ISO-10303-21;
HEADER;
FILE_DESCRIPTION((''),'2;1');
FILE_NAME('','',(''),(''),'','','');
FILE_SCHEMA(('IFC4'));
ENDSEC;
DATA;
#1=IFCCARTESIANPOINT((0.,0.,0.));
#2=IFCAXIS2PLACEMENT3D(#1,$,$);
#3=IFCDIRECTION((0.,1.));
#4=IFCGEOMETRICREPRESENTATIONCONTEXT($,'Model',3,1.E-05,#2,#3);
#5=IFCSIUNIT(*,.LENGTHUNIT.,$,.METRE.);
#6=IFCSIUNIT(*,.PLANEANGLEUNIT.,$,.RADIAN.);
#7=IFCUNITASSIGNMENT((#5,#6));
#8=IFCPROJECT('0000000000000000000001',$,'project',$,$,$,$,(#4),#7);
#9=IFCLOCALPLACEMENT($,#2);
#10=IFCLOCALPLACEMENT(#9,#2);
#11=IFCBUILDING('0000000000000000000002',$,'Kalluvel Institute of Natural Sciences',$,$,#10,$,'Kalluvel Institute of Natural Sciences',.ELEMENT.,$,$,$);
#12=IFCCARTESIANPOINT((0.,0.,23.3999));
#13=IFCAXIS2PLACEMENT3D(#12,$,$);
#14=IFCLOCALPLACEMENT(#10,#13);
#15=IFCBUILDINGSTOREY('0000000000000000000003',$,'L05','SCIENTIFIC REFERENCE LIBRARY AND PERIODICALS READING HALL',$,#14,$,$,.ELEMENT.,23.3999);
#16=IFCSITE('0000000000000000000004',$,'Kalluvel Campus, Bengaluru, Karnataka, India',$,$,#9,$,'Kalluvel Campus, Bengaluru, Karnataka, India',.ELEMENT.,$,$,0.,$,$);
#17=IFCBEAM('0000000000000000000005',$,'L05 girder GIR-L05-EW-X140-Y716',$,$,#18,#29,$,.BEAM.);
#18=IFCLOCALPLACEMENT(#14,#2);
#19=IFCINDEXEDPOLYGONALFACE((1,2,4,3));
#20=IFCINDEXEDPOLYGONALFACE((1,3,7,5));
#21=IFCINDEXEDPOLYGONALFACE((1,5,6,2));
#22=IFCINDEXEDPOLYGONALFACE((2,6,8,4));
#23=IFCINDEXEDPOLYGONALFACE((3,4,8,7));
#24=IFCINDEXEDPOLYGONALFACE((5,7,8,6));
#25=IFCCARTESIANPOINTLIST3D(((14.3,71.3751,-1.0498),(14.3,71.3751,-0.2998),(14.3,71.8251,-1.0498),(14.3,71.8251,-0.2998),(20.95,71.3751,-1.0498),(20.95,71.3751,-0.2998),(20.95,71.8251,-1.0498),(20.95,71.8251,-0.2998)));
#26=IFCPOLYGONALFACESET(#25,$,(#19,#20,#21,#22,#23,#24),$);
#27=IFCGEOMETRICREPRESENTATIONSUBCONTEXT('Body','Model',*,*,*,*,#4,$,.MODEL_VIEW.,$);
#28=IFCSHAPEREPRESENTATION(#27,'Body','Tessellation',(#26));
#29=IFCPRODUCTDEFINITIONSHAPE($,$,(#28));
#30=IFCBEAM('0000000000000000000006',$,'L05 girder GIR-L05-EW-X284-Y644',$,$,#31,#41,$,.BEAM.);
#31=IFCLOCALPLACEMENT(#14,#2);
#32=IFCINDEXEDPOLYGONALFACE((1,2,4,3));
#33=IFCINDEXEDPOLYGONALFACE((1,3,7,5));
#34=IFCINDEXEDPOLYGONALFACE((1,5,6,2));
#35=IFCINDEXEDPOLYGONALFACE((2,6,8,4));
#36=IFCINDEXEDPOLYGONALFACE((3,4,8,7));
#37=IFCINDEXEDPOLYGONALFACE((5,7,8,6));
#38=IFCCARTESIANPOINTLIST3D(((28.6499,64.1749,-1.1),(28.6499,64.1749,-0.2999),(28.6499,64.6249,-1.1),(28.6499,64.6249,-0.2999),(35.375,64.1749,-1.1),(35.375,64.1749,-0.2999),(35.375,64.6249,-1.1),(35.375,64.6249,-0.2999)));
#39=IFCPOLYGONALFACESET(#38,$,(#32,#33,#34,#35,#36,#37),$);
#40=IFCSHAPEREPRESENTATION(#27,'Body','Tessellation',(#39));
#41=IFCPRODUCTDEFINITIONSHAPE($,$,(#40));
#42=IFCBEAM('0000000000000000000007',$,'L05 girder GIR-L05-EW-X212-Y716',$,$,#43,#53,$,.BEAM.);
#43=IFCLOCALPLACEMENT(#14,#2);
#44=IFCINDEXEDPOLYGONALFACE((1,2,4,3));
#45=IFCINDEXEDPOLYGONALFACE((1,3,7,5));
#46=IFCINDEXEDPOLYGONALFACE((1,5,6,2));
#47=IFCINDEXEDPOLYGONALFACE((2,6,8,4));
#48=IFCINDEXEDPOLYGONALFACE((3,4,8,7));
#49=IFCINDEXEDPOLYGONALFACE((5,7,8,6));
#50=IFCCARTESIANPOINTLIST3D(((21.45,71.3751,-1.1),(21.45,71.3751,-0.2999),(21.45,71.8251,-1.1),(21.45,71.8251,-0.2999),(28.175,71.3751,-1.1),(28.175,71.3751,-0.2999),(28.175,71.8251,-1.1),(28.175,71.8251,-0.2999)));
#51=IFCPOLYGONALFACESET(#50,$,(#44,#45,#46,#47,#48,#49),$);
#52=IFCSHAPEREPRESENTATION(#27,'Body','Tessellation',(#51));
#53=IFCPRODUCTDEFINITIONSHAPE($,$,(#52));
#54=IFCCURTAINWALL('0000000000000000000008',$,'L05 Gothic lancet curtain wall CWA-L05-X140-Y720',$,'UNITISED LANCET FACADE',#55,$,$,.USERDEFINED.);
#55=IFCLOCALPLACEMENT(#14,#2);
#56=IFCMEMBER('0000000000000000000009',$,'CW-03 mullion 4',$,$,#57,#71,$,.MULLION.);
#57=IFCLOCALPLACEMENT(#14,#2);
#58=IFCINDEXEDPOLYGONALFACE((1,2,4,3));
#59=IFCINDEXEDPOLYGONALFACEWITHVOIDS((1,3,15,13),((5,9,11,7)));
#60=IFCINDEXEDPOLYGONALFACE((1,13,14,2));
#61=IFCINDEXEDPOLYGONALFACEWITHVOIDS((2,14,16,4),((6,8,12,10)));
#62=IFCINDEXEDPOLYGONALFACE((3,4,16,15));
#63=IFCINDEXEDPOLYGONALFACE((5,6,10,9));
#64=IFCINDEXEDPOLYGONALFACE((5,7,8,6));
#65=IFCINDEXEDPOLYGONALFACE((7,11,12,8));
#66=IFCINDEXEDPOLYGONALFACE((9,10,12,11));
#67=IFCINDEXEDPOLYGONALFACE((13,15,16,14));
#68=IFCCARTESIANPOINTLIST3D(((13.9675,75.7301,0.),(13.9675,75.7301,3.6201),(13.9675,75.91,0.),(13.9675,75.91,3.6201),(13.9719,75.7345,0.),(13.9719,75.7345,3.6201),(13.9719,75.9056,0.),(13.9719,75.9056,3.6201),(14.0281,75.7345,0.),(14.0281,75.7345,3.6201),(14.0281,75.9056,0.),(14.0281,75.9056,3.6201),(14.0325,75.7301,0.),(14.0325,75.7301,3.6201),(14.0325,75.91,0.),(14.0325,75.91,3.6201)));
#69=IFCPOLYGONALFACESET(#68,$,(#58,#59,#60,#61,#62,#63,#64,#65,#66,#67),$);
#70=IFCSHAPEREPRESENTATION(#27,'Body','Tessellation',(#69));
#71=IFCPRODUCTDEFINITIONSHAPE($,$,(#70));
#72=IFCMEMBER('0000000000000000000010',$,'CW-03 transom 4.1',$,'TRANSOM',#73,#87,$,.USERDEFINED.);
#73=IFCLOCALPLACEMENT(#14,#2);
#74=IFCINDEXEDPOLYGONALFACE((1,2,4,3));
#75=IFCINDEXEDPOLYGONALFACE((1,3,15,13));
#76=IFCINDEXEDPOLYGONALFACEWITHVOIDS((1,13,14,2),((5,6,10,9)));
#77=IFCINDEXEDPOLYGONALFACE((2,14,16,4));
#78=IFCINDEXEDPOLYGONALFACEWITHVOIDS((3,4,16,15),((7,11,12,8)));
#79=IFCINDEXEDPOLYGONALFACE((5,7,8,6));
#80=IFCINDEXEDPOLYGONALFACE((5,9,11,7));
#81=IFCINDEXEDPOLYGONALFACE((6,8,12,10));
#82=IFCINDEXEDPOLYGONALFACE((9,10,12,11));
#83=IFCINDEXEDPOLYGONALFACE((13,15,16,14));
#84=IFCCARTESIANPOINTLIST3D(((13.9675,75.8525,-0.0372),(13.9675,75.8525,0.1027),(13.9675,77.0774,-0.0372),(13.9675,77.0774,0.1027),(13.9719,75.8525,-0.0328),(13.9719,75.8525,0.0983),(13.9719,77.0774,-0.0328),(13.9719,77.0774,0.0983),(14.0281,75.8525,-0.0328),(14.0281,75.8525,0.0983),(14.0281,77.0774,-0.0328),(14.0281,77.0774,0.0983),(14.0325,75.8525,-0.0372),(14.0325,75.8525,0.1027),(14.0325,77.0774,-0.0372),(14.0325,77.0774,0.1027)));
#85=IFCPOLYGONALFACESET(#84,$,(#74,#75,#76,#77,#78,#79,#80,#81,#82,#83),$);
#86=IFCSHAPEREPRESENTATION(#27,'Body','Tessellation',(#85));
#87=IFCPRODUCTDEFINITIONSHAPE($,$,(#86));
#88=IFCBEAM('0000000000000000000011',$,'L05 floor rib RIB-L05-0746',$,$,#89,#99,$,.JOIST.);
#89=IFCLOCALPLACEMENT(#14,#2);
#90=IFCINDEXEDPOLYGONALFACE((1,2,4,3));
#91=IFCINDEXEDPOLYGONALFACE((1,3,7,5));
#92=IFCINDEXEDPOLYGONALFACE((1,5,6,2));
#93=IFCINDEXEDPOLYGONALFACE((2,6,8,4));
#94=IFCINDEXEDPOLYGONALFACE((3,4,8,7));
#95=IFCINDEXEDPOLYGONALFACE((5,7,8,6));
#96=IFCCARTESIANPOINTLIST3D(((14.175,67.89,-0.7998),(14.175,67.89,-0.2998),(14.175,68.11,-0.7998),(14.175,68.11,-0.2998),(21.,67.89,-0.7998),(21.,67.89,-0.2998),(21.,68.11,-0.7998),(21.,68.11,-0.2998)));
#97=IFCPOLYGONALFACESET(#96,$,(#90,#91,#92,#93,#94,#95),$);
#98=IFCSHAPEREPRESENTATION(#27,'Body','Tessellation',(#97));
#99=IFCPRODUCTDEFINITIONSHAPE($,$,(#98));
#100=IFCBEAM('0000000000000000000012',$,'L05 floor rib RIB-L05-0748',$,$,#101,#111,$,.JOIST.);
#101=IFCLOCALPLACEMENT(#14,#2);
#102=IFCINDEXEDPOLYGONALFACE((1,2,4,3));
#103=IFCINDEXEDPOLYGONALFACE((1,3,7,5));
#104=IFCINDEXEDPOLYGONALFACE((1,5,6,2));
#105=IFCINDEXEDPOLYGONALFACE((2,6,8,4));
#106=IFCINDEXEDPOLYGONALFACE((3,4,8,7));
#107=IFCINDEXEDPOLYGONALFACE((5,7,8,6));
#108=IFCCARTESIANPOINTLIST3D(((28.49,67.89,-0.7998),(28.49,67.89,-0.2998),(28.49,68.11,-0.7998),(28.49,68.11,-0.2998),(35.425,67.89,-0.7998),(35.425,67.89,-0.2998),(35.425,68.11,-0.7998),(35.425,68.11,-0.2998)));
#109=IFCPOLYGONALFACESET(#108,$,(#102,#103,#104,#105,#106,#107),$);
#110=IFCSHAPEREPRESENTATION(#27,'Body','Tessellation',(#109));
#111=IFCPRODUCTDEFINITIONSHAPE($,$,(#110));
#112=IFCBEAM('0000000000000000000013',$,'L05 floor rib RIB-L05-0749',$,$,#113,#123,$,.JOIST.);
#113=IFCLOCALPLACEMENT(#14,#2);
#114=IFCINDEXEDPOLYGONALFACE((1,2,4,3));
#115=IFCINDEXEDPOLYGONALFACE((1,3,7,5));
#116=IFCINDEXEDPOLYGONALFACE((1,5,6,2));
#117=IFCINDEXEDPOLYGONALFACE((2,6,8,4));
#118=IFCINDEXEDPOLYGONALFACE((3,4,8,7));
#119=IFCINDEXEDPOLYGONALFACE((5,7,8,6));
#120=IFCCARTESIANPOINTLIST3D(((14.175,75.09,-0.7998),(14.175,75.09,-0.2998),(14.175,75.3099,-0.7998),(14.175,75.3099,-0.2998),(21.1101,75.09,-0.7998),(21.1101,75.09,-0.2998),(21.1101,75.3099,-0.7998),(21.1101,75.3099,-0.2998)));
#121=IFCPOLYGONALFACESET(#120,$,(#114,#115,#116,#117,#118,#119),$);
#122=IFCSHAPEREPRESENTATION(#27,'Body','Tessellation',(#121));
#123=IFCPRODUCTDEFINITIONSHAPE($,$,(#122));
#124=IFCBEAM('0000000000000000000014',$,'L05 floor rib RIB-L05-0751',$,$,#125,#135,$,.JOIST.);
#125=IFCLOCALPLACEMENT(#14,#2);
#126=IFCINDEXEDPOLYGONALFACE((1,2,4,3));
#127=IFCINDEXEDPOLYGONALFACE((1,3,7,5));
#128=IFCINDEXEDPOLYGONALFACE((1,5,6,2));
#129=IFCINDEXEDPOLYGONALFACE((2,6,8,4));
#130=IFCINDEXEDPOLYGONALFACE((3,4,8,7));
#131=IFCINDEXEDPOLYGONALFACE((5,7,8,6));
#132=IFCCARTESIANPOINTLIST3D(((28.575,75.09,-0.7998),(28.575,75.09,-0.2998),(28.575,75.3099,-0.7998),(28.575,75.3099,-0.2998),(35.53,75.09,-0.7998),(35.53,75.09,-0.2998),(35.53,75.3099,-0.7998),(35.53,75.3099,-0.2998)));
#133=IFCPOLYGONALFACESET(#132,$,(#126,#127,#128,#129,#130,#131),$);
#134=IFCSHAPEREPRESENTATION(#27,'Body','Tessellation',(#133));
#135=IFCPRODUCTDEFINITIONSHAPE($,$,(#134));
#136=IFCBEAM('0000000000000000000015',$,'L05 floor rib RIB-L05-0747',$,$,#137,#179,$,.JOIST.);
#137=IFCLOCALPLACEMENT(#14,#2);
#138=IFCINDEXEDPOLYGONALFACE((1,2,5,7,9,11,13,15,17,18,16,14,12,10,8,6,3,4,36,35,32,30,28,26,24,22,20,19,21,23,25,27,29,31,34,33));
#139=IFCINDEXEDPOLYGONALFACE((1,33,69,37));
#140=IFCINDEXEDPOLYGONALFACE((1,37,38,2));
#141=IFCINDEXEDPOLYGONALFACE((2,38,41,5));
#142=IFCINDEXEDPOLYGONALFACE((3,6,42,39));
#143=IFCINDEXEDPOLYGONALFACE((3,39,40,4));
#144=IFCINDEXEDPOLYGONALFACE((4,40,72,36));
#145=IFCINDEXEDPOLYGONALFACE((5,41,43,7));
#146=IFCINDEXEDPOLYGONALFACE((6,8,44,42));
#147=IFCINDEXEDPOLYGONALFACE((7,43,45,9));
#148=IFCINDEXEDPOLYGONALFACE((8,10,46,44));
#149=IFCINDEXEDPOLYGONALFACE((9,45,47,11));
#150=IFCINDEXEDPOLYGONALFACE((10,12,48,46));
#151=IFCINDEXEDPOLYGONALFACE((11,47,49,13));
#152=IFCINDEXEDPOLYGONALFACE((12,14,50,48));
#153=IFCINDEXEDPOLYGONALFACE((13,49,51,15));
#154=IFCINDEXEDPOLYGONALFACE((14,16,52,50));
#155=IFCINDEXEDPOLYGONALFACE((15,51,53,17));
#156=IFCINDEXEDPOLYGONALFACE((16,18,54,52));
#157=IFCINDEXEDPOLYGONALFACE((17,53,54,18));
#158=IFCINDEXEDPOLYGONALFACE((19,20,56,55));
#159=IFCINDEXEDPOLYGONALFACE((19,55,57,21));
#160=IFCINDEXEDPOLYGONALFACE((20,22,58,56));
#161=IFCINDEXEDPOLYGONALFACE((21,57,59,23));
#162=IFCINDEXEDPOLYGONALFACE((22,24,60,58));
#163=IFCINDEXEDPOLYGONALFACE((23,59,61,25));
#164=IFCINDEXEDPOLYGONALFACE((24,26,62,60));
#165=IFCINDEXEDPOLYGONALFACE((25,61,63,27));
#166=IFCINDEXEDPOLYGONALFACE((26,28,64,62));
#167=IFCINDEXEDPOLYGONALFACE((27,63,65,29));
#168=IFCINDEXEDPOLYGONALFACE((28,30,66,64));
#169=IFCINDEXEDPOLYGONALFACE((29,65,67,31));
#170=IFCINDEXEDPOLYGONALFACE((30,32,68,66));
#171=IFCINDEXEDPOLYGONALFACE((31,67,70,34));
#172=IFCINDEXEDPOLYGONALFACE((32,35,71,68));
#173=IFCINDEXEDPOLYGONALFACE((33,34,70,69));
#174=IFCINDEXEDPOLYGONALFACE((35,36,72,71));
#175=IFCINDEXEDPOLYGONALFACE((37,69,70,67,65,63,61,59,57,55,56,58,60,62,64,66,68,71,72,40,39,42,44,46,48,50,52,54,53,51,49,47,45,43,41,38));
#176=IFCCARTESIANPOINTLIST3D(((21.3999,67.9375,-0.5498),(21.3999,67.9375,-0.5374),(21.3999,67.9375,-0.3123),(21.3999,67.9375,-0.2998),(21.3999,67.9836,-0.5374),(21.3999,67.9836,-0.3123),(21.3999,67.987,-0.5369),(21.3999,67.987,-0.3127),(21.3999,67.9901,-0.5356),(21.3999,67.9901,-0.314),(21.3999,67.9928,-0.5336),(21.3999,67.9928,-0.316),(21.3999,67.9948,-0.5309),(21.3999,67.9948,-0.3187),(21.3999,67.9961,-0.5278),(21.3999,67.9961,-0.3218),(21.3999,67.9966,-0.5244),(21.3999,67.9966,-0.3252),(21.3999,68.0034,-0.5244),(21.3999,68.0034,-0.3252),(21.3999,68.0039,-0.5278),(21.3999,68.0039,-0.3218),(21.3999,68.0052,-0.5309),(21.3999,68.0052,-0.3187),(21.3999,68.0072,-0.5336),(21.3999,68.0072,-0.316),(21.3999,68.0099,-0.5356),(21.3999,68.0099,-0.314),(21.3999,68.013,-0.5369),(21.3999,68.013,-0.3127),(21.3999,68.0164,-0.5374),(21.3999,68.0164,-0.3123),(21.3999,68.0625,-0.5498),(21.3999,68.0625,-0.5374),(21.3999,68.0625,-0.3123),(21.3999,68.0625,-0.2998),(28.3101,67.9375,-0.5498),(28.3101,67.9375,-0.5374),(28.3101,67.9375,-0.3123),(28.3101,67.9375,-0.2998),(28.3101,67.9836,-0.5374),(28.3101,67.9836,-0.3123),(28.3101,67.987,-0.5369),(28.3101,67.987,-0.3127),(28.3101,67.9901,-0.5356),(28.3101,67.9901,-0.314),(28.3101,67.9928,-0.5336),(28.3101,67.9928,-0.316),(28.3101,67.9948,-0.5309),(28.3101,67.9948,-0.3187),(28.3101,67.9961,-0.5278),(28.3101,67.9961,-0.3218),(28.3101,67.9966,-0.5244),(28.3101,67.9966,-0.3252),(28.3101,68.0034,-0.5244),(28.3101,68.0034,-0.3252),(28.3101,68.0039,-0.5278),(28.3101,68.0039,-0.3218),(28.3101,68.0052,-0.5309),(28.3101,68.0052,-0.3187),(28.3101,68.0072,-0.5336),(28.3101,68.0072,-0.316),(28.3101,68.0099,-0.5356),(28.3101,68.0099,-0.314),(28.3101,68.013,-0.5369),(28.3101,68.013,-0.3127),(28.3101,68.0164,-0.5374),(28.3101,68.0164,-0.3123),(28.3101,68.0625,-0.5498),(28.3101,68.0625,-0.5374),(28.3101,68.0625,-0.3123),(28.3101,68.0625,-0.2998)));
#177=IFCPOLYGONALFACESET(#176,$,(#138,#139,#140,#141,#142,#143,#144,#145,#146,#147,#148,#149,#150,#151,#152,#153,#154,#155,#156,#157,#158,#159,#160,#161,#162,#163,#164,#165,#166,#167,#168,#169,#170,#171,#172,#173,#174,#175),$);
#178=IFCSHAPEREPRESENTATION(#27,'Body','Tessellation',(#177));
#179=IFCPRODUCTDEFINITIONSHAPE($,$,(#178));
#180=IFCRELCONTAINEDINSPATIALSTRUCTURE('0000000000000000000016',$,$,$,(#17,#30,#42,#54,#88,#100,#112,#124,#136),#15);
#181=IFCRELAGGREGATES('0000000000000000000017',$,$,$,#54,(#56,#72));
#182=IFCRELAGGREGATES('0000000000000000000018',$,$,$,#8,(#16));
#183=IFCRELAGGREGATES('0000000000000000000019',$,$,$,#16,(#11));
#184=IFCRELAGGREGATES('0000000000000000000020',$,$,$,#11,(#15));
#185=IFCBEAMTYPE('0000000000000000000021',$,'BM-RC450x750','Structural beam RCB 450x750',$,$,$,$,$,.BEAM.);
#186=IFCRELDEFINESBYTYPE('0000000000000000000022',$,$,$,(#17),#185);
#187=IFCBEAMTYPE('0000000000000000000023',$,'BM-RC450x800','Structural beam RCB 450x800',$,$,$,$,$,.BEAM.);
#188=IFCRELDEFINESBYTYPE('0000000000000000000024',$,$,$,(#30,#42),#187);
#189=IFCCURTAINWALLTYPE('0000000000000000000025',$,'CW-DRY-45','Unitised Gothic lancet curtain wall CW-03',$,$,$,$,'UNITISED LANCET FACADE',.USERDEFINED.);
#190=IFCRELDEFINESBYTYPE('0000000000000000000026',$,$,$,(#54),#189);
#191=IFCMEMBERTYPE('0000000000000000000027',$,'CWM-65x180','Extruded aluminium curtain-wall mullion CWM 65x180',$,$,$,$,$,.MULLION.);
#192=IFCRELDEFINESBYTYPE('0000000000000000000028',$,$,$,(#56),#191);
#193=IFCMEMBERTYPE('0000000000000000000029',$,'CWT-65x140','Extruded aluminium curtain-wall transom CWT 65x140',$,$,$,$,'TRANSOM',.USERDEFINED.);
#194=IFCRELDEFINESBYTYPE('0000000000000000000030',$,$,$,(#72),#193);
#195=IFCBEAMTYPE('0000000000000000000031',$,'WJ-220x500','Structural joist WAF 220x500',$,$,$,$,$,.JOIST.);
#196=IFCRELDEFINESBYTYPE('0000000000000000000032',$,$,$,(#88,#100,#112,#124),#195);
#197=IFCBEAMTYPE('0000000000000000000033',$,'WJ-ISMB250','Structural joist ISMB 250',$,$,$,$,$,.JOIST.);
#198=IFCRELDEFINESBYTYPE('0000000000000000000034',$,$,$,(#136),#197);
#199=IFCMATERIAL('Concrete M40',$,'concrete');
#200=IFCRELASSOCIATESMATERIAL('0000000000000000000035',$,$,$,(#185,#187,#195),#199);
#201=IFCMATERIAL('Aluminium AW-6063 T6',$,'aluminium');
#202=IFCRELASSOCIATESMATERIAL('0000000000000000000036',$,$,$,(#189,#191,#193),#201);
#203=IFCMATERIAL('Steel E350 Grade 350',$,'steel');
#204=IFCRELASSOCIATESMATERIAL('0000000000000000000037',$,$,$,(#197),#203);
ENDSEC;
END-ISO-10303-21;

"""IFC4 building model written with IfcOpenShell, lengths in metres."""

from ifc_helpers import new_model, si_unit, direction, frame, origin, origin_2d, place, context, subcontext, project, spatial, rectangle, hollow_rectangle, i_section, extrude, material, material_profile, profile_set, type_object, element, aggregate, save


model = new_model("IFC4")

# Units and contexts
model_context = context("Model", 3, precision=1e-05, world=origin(), true_north=direction((0.0, 1.0)))
body_context = subcontext(model_context, "Body", "Model", "MODEL_VIEW")
ifc_project = project(units=[si_unit("LENGTHUNIT", "METRE"), si_unit("PLANEANGLEUNIT", "RADIAN")], contexts=[model_context])

# Site, building, storey
site_placement = place(None, origin())
site = spatial("IfcSite", under=ifc_project, at=site_placement, Name="Kalluvel Campus, Bengaluru, Karnataka, India", LongName="Kalluvel Campus, Bengaluru, Karnataka, India", CompositionType="ELEMENT", RefElevation=0.0)
building_placement = place(site_placement, origin())
building = spatial("IfcBuilding", under=site, at=building_placement, Name="Kalluvel Institute of Natural Sciences", LongName="Kalluvel Institute of Natural Sciences", CompositionType="ELEMENT")
storey_placement = place(building_placement, frame((0.0, 0.0, 23.3999)))
storey = spatial("IfcBuildingStorey", under=building, at=storey_placement, Name="L05", Description="SCIENTIFIC REFERENCE LIBRARY AND PERIODICALS READING HALL", CompositionType="ELEMENT", Elevation=23.3999)

# Shared definitions
ifc_material_1 = material(Name="Concrete M40", Category="concrete")

# Beams
ifc_material_2 = material(Name="Steel E350 Grade 350", Category="steel")
ifc_material_profile_1 = material_profile(ifc_material_1, rectangle(XDim=0.45, YDim=0.75, at=origin_2d()), Name="RCB 450x750")
ifc_profile_set_1 = profile_set([ifc_material_profile_1], Name="Concrete M40")
beam_type_1 = type_object("IfcBeamType", Name="BM-RC450x750", Description="Structural beam RCB 450x750", PredefinedType="BEAM", material=ifc_profile_set_1)
for number, where, z_axis, x_axis, name in (
    (1, (14.3, 71.6001, -0.6748), (1.0, 0.0, 0.0), (0.0, 1.0, 0.0), "L05 girder GIR-L05-EW-X140-Y716"),
):
    element("IfcBeam", number, at=place(storey_placement, frame(where, z_axis=z_axis, x_axis=x_axis)), inside=storey, type_object=beam_type_1, Name=name, PredefinedType="BEAM", context=body_context, shape_type="SweptSolid", body=[
        extrude(rectangle(XDim=0.45, YDim=0.75, at=origin_2d()), origin(), (0.0, 0.0, 1.0), 6.6499),
    ])
ifc_material_profile_2 = material_profile(ifc_material_1, rectangle(XDim=0.45, YDim=0.8, at=origin_2d()), Name="RCB 450x800")
ifc_profile_set_2 = profile_set([ifc_material_profile_2], Name="Concrete M40")
beam_type_2 = type_object("IfcBeamType", Name="BM-RC450x800", Description="Structural beam RCB 450x800", PredefinedType="BEAM", material=ifc_profile_set_2)
for number, where, z_axis, x_axis, name in (
    (2, (28.6499, 64.3999, -0.7), (1.0, 0.0, 0.0), (0.0, 1.0, 0.0), "L05 girder GIR-L05-EW-X284-Y644"),
    (3, (21.45, 71.6001, -0.7), (1.0, 0.0, 0.0), (0.0, 1.0, 0.0), "L05 girder GIR-L05-EW-X212-Y716"),
):
    element("IfcBeam", number, at=place(storey_placement, frame(where, z_axis=z_axis, x_axis=x_axis)), inside=storey, type_object=beam_type_2, Name=name, PredefinedType="BEAM", context=body_context, shape_type="SweptSolid", body=[
        extrude(rectangle(XDim=0.45, YDim=0.8, at=origin_2d()), origin(), (0.0, 0.0, 1.0), 6.7251),
    ])

# Curtain wall, members
ifc_material_3 = material(Name="Aluminium AW-6063 T6", Category="aluminium")
curtain_wall_type = type_object("IfcCurtainWallType", Name="CW-DRY-45", Description="Unitised Gothic lancet curtain wall CW-03", ElementType="UNITISED LANCET FACADE", PredefinedType="USERDEFINED", material=ifc_material_3)
curtain_wall_placement = place(storey_placement, origin())
curtain_wall = element("IfcCurtainWall", 4, at=curtain_wall_placement, inside=storey, type_object=curtain_wall_type, Name="L05 Gothic lancet curtain wall CWA-L05-X140-Y720", ObjectType="UNITISED LANCET FACADE", PredefinedType="USERDEFINED")
ifc_material_profile_3 = material_profile(ifc_material_3, hollow_rectangle(XDim=0.0649, YDim=0.1799, WallThickness=0.0044, at=origin_2d()), Name="CWM 65x180")
ifc_profile_set_3 = profile_set([ifc_material_profile_3], Name="Aluminium AW-6063 T6")
member_type_1 = type_object("IfcMemberType", Name="CWM-65x180", Description="Extruded aluminium curtain-wall mullion CWM 65x180", PredefinedType="MULLION", material=ifc_profile_set_3)
member_1_placement = place(storey_placement, frame((14.0, 75.8201, 0.0), z_axis=(0.0, 0.0, 1.0), x_axis=(-1.0, 0.0, 0.0)))
member_1 = element("IfcMember", 5, at=member_1_placement, type_object=member_type_1, Name="CW-03 mullion 4", PredefinedType="MULLION", context=body_context, shape_type="SweptSolid", body=[
    extrude(hollow_rectangle(XDim=0.0649, YDim=0.1799, WallThickness=0.0044, at=origin_2d()), origin(), (0.0, 0.0, 1.0), 3.6201),
])
ifc_material_profile_4 = material_profile(ifc_material_3, hollow_rectangle(XDim=0.0649, YDim=0.1399, WallThickness=0.0044, at=origin_2d()), Name="CWT 65x140")
ifc_profile_set_4 = profile_set([ifc_material_profile_4], Name="Aluminium AW-6063 T6")
member_type_2 = type_object("IfcMemberType", Name="CWT-65x140", Description="Extruded aluminium curtain-wall transom CWT 65x140", ElementType="TRANSOM", PredefinedType="USERDEFINED", material=ifc_profile_set_4)
member_2_placement = place(storey_placement, frame((14.0, 75.8525, 0.0327), z_axis=(0.0, 1.0, 0.0), x_axis=(-1.0, 0.0, 0.0)))
member_2 = element("IfcMember", 6, at=member_2_placement, type_object=member_type_2, Name="CW-03 transom 4.1", ObjectType="TRANSOM", PredefinedType="USERDEFINED", context=body_context, shape_type="SweptSolid", body=[
    extrude(hollow_rectangle(XDim=0.0649, YDim=0.1399, WallThickness=0.0044, at=origin_2d()), origin(), (0.0, 0.0, 1.0), 1.2249),
])

# Beams
ifc_material_profile_5 = material_profile(ifc_material_1, rectangle(XDim=0.22, YDim=0.5, at=origin_2d()), Name="WAF 220x500")
ifc_profile_set_5 = profile_set([ifc_material_profile_5], Name="Concrete M40")
beam_type_3 = type_object("IfcBeamType", Name="WJ-220x500", Description="Structural joist WAF 220x500", PredefinedType="JOIST", material=ifc_profile_set_5)
beam_1_placement = place(storey_placement, frame((14.175, 68.0, -0.5498), z_axis=(1.0, 0.0, 0.0), x_axis=(0.0, 1.0, 0.0)))
element("IfcBeam", 7, at=beam_1_placement, inside=storey, type_object=beam_type_3, Name="L05 floor rib RIB-L05-0746", PredefinedType="JOIST", context=body_context, shape_type="SweptSolid", body=[
    extrude(rectangle(XDim=0.22, YDim=0.5, at=origin_2d()), origin(), (0.0, 0.0, 1.0), 6.825),
])
for number, where, z_axis, x_axis, name in (
    (8, (28.49, 68.0, -0.5498), (1.0, 0.0, 0.0), (0.0, 1.0, 0.0), "L05 floor rib RIB-L05-0748"),
    (9, (14.175, 75.2, -0.5498), (1.0, 0.0, 0.0), (0.0, 1.0, 0.0), "L05 floor rib RIB-L05-0749"),
):
    element("IfcBeam", number, at=place(storey_placement, frame(where, z_axis=z_axis, x_axis=x_axis)), inside=storey, type_object=beam_type_3, Name=name, PredefinedType="JOIST", context=body_context, shape_type="SweptSolid", body=[
        extrude(rectangle(XDim=0.22, YDim=0.5, at=origin_2d()), origin(), (0.0, 0.0, 1.0), 6.9351),
    ])
beam_2_placement = place(storey_placement, frame((28.575, 75.2, -0.5498), z_axis=(1.0, 0.0, 0.0), x_axis=(0.0, 1.0, 0.0)))
element("IfcBeam", 10, at=beam_2_placement, inside=storey, type_object=beam_type_3, Name="L05 floor rib RIB-L05-0751", PredefinedType="JOIST", context=body_context, shape_type="SweptSolid", body=[
    extrude(rectangle(XDim=0.22, YDim=0.5, at=origin_2d()), origin(), (0.0, 0.0, 1.0), 6.9551),
])
ifc_material_profile_6 = material_profile(ifc_material_2, i_section(OverallWidth=0.125, OverallDepth=0.25, WebThickness=0.0068, FlangeThickness=0.0125, FilletRadius=0.0129, at=origin_2d()), Name="ISMB 250")
ifc_profile_set_6 = profile_set([ifc_material_profile_6], Name="Steel E350 Grade 350")
beam_type_4 = type_object("IfcBeamType", Name="WJ-ISMB250", Description="Structural joist ISMB 250", PredefinedType="JOIST", material=ifc_profile_set_6)
beam_3_placement = place(storey_placement, frame((21.3999, 68.0, -0.4248), z_axis=(1.0, 0.0, 0.0), x_axis=(0.0, 1.0, 0.0)))
element("IfcBeam", 11, at=beam_3_placement, inside=storey, type_object=beam_type_4, Name="L05 floor rib RIB-L05-0747", PredefinedType="JOIST", context=body_context, shape_type="SweptSolid", body=[
    extrude(i_section(OverallWidth=0.125, OverallDepth=0.25, WebThickness=0.0068, FlangeThickness=0.0125, FilletRadius=0.0129, at=origin_2d()), origin(), (0.0, 0.0, 1.0), 6.9102),
])

aggregate(curtain_wall, [member_1, member_2])

save(model, "model.ifc")
